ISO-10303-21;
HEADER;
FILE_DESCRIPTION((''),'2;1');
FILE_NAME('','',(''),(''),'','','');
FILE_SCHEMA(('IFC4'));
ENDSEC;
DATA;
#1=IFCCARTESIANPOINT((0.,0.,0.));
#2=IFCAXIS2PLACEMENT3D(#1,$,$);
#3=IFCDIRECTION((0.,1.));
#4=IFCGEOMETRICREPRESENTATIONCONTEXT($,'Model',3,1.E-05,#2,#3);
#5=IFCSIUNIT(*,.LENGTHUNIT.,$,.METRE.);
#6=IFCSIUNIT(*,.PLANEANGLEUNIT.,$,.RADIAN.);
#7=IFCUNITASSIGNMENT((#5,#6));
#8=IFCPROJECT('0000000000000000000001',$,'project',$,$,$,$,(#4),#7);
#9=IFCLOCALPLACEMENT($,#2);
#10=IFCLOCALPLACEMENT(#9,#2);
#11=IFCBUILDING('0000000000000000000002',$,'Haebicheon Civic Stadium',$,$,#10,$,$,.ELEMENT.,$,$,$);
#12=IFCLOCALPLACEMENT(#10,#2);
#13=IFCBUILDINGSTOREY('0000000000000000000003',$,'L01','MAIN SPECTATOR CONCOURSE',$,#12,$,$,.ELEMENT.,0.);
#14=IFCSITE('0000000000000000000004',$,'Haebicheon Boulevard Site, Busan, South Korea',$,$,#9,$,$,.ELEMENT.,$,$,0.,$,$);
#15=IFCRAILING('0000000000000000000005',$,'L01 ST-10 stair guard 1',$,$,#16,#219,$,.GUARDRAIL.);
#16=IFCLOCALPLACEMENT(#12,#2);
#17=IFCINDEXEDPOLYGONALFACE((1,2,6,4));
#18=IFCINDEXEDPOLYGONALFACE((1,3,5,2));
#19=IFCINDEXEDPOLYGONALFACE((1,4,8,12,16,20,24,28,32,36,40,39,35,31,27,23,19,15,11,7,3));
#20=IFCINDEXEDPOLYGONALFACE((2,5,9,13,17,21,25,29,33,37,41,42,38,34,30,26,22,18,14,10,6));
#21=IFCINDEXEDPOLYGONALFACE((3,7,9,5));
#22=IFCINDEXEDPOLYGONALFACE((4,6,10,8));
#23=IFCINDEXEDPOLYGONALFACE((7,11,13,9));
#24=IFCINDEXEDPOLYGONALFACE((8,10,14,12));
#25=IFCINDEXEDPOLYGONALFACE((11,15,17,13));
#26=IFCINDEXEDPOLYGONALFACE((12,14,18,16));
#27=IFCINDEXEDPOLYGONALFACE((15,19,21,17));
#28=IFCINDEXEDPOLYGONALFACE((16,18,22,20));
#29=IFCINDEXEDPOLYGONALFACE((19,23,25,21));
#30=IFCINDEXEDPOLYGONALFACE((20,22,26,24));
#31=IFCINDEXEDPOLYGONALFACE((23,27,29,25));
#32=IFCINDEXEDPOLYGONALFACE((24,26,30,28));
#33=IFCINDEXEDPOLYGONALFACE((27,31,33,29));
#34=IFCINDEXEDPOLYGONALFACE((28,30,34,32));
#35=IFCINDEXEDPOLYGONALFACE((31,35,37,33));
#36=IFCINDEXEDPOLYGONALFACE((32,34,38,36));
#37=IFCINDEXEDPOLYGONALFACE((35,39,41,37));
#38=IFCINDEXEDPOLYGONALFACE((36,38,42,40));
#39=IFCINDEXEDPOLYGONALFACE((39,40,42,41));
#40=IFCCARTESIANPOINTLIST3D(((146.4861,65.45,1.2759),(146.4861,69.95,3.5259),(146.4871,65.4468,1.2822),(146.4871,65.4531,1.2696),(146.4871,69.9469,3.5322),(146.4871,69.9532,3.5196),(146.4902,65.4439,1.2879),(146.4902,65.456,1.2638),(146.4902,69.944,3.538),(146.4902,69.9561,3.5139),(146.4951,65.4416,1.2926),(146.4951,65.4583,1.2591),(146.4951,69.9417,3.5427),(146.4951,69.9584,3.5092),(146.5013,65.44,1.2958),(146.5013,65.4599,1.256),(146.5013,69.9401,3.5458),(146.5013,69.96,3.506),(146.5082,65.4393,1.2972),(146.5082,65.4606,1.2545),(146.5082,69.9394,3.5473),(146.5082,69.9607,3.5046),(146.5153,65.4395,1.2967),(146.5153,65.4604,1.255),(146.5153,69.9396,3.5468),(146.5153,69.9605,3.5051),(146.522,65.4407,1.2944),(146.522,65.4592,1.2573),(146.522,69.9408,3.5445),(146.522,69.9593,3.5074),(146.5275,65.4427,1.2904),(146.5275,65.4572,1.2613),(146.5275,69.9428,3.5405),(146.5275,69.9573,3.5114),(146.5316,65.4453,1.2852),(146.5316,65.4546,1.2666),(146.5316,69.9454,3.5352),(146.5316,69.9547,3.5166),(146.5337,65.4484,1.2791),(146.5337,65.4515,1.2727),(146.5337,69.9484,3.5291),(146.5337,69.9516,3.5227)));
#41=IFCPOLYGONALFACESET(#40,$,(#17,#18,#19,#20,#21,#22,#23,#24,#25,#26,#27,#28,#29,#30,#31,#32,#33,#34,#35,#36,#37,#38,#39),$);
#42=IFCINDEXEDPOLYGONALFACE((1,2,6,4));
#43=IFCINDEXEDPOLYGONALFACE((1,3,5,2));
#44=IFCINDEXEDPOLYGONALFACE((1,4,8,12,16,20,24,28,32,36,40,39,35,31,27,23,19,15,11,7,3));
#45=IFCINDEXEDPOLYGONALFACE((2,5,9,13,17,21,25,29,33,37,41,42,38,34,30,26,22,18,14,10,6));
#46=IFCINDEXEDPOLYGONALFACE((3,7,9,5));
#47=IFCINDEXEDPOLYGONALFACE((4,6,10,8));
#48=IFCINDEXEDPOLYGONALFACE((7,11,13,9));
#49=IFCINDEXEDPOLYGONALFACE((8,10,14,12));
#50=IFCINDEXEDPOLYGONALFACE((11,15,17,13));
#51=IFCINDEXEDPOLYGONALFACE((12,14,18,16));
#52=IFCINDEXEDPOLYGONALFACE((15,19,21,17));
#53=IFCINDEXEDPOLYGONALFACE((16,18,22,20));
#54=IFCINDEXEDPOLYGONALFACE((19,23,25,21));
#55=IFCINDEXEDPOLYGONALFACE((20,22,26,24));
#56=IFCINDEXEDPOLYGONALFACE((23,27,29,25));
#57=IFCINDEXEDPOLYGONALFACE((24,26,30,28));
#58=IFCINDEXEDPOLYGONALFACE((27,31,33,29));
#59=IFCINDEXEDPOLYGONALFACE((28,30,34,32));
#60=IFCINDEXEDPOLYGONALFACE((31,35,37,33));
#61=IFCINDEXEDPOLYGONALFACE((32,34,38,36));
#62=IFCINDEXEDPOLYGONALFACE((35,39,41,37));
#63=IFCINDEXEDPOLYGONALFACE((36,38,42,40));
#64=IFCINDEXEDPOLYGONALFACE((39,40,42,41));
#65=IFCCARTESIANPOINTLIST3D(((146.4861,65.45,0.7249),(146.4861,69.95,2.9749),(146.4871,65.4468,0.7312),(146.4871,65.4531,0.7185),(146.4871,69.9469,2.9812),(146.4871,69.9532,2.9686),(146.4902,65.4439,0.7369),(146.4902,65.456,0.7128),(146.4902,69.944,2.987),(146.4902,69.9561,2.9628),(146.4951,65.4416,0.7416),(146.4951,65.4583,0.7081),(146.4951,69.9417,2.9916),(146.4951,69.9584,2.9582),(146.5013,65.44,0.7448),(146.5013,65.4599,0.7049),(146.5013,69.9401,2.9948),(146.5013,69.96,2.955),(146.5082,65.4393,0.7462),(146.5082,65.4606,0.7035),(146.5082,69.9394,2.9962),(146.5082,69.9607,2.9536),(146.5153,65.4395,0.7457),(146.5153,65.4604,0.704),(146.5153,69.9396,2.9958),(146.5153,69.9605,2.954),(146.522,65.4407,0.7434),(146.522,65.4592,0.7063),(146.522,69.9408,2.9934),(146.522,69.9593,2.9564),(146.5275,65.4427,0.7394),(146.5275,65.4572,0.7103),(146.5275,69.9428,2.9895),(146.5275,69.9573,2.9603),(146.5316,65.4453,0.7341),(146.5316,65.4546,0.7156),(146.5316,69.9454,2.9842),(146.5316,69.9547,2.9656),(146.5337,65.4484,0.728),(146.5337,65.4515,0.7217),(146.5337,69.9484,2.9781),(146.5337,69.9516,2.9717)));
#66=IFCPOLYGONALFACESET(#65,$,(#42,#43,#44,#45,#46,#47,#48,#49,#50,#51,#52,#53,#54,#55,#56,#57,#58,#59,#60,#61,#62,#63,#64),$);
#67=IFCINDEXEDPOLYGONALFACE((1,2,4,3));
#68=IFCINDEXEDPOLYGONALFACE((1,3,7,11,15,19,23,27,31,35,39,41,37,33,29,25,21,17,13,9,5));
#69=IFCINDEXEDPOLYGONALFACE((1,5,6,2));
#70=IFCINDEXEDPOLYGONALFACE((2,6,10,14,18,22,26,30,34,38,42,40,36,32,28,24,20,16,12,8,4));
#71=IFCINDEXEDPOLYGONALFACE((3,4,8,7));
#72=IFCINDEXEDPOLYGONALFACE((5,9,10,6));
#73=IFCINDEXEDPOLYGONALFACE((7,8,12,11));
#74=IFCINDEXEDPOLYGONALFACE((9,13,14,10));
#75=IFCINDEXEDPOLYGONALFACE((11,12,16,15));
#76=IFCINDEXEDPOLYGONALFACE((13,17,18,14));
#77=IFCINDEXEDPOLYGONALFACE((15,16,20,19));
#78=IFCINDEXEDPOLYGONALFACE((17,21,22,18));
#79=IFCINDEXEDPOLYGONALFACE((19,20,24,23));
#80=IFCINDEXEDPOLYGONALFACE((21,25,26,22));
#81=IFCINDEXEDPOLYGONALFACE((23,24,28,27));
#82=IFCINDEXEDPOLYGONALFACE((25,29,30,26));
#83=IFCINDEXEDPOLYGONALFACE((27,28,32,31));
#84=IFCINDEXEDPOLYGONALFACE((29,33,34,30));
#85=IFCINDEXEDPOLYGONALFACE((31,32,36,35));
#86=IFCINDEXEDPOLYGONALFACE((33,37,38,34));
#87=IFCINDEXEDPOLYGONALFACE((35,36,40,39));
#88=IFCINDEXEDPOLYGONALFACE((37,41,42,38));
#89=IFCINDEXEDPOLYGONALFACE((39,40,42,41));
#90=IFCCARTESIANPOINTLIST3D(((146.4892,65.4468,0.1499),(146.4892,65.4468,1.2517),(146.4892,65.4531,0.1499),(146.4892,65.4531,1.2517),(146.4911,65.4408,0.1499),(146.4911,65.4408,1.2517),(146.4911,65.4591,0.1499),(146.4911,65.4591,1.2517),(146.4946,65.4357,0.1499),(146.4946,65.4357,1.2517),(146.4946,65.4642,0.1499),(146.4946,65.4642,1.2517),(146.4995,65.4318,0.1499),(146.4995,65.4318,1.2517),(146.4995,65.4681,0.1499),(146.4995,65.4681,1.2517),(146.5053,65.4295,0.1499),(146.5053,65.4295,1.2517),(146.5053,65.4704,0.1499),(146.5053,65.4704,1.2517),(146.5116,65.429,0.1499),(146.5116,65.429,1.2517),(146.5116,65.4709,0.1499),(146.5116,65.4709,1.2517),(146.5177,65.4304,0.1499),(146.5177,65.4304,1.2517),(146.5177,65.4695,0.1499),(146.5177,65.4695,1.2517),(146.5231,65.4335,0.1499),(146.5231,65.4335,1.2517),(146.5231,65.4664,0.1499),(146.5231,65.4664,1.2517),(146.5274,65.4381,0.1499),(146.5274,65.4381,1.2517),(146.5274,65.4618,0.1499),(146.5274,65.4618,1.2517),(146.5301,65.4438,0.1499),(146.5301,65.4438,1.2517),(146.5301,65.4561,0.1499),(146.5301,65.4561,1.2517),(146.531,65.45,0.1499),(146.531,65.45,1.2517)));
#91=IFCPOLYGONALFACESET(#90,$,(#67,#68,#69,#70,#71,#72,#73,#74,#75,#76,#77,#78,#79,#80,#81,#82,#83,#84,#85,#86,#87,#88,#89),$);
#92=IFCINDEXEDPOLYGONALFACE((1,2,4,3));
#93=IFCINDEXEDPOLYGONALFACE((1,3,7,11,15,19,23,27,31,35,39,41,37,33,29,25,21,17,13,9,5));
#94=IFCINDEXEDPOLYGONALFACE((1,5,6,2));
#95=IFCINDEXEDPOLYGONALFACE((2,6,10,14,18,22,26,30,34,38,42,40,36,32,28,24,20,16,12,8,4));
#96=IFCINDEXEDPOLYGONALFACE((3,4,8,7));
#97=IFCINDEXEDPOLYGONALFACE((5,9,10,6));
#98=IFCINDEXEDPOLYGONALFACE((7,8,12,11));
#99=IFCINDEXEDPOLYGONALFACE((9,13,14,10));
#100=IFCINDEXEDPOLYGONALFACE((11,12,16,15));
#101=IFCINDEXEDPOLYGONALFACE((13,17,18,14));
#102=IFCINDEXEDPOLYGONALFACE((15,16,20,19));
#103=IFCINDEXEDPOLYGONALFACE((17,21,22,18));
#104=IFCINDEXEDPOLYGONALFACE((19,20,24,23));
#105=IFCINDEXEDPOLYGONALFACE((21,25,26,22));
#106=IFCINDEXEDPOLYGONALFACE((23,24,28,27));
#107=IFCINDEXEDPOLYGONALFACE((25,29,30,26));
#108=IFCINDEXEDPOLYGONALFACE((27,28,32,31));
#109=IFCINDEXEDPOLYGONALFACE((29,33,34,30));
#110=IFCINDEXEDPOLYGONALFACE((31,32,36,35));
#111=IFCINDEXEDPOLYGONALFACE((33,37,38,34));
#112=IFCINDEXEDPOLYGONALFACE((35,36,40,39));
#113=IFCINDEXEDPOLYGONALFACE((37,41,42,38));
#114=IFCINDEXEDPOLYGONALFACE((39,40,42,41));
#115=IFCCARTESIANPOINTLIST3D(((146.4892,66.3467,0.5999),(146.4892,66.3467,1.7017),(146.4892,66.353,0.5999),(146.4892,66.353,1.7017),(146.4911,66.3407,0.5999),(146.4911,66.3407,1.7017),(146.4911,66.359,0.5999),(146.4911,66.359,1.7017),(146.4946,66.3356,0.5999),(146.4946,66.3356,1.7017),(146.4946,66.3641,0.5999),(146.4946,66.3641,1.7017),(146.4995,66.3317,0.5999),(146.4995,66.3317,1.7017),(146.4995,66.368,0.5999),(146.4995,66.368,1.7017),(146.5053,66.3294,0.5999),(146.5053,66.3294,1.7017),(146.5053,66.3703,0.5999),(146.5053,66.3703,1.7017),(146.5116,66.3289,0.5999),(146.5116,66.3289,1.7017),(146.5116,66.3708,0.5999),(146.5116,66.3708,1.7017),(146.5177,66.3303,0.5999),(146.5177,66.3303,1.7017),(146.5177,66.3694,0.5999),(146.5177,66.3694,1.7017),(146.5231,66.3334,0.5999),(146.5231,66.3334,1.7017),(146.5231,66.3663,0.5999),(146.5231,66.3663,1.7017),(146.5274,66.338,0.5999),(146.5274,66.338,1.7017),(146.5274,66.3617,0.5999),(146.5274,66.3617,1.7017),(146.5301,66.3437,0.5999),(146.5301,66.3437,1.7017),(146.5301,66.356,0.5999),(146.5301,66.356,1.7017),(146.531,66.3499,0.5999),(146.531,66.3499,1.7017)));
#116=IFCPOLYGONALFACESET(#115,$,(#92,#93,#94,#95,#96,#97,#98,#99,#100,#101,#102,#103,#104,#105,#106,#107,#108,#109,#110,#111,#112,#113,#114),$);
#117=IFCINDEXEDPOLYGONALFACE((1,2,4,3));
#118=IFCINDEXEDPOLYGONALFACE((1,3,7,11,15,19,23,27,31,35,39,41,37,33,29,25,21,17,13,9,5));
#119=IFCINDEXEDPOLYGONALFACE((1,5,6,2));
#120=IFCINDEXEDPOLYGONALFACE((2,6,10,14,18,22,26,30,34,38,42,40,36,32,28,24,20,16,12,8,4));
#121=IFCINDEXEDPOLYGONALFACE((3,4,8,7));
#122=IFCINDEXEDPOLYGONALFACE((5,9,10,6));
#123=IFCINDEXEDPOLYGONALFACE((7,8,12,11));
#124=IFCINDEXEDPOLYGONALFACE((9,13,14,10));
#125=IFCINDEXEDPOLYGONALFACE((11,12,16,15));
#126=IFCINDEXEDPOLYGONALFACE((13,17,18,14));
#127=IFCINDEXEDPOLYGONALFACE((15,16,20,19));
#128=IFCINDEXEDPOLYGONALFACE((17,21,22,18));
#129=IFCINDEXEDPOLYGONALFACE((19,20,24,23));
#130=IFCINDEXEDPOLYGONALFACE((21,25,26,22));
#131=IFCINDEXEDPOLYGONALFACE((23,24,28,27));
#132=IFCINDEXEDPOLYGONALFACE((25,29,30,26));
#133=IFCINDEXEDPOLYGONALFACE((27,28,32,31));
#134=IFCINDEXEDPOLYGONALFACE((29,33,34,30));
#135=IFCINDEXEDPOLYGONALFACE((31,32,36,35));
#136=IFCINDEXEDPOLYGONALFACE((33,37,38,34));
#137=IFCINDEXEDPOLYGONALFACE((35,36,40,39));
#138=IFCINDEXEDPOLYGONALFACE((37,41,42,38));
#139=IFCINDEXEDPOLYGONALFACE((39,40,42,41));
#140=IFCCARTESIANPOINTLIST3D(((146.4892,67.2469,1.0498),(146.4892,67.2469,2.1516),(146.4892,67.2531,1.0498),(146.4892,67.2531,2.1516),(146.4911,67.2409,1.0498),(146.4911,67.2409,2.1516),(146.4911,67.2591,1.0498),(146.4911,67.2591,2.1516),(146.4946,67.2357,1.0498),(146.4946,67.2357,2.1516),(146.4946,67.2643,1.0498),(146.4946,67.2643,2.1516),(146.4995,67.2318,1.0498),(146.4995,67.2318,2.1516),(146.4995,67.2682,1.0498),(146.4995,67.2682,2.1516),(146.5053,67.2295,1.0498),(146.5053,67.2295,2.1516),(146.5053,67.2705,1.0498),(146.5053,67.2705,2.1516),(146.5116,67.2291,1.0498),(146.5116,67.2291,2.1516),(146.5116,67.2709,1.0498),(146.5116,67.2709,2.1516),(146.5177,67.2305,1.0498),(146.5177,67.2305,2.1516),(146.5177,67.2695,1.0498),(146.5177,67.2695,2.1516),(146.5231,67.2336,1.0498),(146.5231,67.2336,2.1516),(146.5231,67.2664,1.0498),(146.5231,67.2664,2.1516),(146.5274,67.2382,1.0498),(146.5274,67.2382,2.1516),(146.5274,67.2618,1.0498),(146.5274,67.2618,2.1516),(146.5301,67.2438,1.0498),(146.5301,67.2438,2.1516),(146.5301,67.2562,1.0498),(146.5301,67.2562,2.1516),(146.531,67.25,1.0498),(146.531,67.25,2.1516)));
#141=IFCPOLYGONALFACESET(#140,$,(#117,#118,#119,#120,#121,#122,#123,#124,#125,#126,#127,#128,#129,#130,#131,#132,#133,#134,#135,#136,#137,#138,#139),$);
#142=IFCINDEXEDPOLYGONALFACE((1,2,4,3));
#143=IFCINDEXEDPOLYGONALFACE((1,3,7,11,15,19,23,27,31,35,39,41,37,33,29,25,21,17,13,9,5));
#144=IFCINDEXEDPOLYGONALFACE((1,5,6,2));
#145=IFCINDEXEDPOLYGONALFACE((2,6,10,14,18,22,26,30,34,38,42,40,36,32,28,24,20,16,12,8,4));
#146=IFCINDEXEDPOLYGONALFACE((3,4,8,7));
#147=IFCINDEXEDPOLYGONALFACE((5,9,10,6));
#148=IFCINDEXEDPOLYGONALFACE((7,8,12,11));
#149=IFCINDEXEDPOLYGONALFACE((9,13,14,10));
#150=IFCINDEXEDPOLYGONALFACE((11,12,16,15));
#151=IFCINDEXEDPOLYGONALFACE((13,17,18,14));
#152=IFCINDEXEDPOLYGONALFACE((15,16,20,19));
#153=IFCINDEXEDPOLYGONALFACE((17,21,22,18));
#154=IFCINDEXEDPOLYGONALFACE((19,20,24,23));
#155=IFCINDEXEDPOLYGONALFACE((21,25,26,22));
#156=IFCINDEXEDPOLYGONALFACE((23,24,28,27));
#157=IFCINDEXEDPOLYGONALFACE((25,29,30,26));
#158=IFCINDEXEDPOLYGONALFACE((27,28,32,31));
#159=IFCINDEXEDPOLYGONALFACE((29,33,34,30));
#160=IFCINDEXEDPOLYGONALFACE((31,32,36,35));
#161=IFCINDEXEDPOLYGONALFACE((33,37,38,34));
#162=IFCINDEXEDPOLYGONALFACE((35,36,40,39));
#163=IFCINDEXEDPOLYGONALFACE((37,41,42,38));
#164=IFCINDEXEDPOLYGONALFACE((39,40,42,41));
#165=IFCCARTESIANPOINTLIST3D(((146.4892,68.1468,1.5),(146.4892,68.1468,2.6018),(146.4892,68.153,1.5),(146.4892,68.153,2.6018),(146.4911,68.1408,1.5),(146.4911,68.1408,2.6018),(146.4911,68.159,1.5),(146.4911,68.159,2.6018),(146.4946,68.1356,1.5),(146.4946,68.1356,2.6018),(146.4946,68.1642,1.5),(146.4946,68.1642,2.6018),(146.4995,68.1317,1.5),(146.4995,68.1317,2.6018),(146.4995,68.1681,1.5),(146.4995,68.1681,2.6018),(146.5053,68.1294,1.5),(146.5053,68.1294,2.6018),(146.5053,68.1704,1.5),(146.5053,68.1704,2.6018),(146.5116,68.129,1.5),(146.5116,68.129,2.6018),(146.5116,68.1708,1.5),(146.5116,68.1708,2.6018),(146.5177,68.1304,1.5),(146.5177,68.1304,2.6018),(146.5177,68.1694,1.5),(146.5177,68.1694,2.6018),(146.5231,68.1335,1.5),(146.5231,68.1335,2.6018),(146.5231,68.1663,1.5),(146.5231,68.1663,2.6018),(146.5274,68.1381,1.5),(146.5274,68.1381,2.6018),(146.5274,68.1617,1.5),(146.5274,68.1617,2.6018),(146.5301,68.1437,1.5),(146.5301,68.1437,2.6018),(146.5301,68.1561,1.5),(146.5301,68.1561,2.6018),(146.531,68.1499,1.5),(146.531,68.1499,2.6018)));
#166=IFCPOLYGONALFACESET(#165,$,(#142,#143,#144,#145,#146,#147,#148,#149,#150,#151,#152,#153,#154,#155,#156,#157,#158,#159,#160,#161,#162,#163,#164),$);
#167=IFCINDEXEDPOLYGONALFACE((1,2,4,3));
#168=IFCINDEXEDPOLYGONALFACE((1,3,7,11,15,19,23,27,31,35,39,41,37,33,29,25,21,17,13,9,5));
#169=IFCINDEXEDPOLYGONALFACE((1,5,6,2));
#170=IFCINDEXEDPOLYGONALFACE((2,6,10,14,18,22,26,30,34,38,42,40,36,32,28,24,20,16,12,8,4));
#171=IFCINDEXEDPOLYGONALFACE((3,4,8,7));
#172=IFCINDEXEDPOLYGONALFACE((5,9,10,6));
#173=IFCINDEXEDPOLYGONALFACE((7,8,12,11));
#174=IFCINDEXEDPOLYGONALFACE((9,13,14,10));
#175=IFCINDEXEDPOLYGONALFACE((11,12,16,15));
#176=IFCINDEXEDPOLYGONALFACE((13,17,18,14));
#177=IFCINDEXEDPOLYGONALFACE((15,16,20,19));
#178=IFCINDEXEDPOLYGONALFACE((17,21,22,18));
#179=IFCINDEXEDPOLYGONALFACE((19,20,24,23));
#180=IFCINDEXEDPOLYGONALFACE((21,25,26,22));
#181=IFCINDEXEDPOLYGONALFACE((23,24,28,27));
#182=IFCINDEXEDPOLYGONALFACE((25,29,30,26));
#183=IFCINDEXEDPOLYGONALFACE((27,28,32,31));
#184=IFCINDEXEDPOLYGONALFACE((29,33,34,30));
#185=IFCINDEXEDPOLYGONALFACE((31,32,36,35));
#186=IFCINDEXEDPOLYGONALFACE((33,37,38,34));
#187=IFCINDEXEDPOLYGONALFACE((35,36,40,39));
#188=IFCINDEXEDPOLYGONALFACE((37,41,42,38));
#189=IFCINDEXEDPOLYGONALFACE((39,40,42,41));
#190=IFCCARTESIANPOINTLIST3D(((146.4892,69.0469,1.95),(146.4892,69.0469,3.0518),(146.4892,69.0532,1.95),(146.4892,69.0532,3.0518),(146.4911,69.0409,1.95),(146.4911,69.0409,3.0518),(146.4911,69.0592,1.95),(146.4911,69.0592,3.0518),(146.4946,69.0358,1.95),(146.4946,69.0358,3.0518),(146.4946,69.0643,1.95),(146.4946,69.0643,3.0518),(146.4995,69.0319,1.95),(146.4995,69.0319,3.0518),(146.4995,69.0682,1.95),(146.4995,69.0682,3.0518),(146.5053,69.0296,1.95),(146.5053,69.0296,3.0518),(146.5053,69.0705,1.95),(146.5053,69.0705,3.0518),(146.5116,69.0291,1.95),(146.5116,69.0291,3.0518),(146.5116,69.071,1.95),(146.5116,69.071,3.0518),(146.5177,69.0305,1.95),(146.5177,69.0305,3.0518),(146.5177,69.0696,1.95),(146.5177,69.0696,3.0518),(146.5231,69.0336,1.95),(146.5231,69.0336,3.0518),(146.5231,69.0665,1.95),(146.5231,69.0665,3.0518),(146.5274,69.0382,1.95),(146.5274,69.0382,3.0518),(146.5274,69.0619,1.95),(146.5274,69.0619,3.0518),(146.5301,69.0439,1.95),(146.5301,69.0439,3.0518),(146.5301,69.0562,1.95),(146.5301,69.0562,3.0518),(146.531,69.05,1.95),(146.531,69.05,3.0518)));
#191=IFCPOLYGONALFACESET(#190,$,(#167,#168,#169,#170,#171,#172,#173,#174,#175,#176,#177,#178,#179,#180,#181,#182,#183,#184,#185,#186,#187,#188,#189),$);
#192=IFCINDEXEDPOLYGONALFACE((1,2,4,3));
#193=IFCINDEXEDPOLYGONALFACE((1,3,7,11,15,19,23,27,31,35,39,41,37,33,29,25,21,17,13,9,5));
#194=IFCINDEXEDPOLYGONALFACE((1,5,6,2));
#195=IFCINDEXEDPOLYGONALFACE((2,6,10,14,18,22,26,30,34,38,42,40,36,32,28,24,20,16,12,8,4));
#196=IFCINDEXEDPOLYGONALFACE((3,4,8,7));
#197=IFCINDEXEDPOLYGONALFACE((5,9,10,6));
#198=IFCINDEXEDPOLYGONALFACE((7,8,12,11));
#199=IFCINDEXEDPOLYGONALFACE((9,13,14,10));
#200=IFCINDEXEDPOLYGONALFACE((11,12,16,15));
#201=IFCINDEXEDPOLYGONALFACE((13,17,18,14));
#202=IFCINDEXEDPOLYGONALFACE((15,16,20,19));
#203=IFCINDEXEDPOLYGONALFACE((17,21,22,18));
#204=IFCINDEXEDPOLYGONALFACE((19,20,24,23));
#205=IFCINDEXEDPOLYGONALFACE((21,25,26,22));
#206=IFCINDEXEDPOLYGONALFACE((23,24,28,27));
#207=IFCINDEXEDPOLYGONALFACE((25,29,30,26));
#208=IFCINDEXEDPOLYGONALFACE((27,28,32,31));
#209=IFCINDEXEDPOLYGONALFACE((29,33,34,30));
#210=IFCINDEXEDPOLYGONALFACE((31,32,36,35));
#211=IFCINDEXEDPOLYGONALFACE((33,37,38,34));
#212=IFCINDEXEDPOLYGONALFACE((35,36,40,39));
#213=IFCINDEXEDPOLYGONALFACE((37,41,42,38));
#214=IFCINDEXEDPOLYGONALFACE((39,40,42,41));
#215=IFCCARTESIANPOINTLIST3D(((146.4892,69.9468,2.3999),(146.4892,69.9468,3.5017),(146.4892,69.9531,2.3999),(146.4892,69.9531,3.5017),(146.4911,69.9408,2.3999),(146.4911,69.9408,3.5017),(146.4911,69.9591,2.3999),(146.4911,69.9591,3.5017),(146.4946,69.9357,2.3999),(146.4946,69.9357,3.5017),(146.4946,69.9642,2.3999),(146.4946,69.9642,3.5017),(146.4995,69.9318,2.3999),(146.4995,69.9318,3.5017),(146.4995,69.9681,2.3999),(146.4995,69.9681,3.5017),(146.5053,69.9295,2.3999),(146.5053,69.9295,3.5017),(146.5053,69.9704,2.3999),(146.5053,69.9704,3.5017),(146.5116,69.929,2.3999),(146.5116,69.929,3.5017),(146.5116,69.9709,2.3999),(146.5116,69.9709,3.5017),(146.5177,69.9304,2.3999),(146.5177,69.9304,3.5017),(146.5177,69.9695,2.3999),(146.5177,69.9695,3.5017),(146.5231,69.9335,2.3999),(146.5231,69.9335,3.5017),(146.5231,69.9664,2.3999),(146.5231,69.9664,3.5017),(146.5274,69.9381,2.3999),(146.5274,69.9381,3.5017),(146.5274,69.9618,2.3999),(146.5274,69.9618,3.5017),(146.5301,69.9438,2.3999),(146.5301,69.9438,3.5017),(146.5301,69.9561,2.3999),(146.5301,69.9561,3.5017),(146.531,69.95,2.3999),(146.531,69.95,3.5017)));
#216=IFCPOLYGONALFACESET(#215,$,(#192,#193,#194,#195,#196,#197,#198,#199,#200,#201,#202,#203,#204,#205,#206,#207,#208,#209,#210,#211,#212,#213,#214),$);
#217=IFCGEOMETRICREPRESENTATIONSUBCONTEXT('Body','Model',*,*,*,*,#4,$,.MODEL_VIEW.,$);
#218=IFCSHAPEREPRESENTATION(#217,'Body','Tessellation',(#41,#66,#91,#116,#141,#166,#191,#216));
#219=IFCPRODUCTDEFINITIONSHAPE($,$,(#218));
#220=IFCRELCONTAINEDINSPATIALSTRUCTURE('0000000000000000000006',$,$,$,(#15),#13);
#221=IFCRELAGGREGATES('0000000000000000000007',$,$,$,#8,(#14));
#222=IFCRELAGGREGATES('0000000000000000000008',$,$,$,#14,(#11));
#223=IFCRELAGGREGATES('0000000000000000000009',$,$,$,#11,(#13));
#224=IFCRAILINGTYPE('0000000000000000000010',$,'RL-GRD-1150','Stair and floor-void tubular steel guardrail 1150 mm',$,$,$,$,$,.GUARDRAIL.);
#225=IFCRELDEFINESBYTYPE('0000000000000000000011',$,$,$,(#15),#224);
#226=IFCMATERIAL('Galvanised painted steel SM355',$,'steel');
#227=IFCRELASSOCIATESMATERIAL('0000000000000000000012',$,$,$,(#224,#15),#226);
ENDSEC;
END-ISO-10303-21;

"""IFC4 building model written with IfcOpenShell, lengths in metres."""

from ifc_helpers import new_model, si_unit, direction, frame, origin, origin_2d, place, context, subcontext, project, spatial, circle, extrude, material, type_object, element, save


model = new_model("IFC4")

# Units and contexts
model_context = context("Model", 3, precision=1e-05, world=origin(), true_north=direction((0.0, 1.0)))
body_context = subcontext(model_context, "Body", "Model", "MODEL_VIEW")
ifc_project = project(units=[si_unit("LENGTHUNIT", "METRE"), si_unit("PLANEANGLEUNIT", "RADIAN")], contexts=[model_context])

# Site, building, storey
site_placement = place(None, origin())
site = spatial("IfcSite", under=ifc_project, at=site_placement, Name="Haebicheon Boulevard Site, Busan, South Korea", CompositionType="ELEMENT", RefElevation=0.0)
building_placement = place(site_placement, origin())
building = spatial("IfcBuilding", under=site, at=building_placement, Name="Haebicheon Civic Stadium", CompositionType="ELEMENT")
storey_placement = place(building_placement, origin())
storey = spatial("IfcBuildingStorey", under=building, at=storey_placement, Name="L01", Description="MAIN SPECTATOR CONCOURSE", CompositionType="ELEMENT", Elevation=0.0)

# Railing
ifc_material_1 = material(Name="Galvanised painted steel SM355", Category="steel")
railing_type_1 = type_object("IfcRailingType", Name="RL-GRD-1150", Description="Stair and floor-void tubular steel guardrail 1150 mm", PredefinedType="GUARDRAIL", material=ifc_material_1)
railing_1_placement = place(storey_placement, frame((146.51, 65.45, 0.1499)))
element("IfcRailing", 1, at=railing_1_placement, inside=storey, type_object=railing_type_1, material=ifc_material_1, Name="L01 ST-10 stair guard 1", PredefinedType="GUARDRAIL", context=body_context, shape_type="SweptSolid", body=[
    extrude(circle(Radius=0.0239, at=origin_2d()), frame((0.0, 0.0, 1.126), z_axis=(0.0, 0.894427, 0.447214), x_axis=(-1.0, 0.0, 0.0)), (0.0, 0.0, 1.0), 5.0312),
    extrude(circle(Radius=0.0239, at=origin_2d()), frame((0.0, 0.0, 0.575), z_axis=(0.0, 0.894427, 0.447214), x_axis=(-1.0, 0.0, 0.0)), (0.0, 0.0, 1.0), 5.0312),
    extrude(circle(Radius=0.021, at=origin_2d()), origin(), (0.0, 0.0, 1.0), 1.1018),
    extrude(circle(Radius=0.021, at=origin_2d()), frame((0.0, 0.8999, 0.45)), (0.0, 0.0, 1.0), 1.1018),
    extrude(circle(Radius=0.021, at=origin_2d()), frame((0.0, 1.8, 0.8999)), (0.0, 0.0, 1.0), 1.1018),
    extrude(circle(Radius=0.021, at=origin_2d()), frame((0.0, 2.7, 1.3501)), (0.0, 0.0, 1.0), 1.1018),
    extrude(circle(Radius=0.021, at=origin_2d()), frame((0.0, 3.6001, 1.8)), (0.0, 0.0, 1.0), 1.1018),
    extrude(circle(Radius=0.021, at=origin_2d()), frame((0.0, 4.5, 2.25)), (0.0, 0.0, 1.0), 1.1018),
])

save(model, "model.ifc")
